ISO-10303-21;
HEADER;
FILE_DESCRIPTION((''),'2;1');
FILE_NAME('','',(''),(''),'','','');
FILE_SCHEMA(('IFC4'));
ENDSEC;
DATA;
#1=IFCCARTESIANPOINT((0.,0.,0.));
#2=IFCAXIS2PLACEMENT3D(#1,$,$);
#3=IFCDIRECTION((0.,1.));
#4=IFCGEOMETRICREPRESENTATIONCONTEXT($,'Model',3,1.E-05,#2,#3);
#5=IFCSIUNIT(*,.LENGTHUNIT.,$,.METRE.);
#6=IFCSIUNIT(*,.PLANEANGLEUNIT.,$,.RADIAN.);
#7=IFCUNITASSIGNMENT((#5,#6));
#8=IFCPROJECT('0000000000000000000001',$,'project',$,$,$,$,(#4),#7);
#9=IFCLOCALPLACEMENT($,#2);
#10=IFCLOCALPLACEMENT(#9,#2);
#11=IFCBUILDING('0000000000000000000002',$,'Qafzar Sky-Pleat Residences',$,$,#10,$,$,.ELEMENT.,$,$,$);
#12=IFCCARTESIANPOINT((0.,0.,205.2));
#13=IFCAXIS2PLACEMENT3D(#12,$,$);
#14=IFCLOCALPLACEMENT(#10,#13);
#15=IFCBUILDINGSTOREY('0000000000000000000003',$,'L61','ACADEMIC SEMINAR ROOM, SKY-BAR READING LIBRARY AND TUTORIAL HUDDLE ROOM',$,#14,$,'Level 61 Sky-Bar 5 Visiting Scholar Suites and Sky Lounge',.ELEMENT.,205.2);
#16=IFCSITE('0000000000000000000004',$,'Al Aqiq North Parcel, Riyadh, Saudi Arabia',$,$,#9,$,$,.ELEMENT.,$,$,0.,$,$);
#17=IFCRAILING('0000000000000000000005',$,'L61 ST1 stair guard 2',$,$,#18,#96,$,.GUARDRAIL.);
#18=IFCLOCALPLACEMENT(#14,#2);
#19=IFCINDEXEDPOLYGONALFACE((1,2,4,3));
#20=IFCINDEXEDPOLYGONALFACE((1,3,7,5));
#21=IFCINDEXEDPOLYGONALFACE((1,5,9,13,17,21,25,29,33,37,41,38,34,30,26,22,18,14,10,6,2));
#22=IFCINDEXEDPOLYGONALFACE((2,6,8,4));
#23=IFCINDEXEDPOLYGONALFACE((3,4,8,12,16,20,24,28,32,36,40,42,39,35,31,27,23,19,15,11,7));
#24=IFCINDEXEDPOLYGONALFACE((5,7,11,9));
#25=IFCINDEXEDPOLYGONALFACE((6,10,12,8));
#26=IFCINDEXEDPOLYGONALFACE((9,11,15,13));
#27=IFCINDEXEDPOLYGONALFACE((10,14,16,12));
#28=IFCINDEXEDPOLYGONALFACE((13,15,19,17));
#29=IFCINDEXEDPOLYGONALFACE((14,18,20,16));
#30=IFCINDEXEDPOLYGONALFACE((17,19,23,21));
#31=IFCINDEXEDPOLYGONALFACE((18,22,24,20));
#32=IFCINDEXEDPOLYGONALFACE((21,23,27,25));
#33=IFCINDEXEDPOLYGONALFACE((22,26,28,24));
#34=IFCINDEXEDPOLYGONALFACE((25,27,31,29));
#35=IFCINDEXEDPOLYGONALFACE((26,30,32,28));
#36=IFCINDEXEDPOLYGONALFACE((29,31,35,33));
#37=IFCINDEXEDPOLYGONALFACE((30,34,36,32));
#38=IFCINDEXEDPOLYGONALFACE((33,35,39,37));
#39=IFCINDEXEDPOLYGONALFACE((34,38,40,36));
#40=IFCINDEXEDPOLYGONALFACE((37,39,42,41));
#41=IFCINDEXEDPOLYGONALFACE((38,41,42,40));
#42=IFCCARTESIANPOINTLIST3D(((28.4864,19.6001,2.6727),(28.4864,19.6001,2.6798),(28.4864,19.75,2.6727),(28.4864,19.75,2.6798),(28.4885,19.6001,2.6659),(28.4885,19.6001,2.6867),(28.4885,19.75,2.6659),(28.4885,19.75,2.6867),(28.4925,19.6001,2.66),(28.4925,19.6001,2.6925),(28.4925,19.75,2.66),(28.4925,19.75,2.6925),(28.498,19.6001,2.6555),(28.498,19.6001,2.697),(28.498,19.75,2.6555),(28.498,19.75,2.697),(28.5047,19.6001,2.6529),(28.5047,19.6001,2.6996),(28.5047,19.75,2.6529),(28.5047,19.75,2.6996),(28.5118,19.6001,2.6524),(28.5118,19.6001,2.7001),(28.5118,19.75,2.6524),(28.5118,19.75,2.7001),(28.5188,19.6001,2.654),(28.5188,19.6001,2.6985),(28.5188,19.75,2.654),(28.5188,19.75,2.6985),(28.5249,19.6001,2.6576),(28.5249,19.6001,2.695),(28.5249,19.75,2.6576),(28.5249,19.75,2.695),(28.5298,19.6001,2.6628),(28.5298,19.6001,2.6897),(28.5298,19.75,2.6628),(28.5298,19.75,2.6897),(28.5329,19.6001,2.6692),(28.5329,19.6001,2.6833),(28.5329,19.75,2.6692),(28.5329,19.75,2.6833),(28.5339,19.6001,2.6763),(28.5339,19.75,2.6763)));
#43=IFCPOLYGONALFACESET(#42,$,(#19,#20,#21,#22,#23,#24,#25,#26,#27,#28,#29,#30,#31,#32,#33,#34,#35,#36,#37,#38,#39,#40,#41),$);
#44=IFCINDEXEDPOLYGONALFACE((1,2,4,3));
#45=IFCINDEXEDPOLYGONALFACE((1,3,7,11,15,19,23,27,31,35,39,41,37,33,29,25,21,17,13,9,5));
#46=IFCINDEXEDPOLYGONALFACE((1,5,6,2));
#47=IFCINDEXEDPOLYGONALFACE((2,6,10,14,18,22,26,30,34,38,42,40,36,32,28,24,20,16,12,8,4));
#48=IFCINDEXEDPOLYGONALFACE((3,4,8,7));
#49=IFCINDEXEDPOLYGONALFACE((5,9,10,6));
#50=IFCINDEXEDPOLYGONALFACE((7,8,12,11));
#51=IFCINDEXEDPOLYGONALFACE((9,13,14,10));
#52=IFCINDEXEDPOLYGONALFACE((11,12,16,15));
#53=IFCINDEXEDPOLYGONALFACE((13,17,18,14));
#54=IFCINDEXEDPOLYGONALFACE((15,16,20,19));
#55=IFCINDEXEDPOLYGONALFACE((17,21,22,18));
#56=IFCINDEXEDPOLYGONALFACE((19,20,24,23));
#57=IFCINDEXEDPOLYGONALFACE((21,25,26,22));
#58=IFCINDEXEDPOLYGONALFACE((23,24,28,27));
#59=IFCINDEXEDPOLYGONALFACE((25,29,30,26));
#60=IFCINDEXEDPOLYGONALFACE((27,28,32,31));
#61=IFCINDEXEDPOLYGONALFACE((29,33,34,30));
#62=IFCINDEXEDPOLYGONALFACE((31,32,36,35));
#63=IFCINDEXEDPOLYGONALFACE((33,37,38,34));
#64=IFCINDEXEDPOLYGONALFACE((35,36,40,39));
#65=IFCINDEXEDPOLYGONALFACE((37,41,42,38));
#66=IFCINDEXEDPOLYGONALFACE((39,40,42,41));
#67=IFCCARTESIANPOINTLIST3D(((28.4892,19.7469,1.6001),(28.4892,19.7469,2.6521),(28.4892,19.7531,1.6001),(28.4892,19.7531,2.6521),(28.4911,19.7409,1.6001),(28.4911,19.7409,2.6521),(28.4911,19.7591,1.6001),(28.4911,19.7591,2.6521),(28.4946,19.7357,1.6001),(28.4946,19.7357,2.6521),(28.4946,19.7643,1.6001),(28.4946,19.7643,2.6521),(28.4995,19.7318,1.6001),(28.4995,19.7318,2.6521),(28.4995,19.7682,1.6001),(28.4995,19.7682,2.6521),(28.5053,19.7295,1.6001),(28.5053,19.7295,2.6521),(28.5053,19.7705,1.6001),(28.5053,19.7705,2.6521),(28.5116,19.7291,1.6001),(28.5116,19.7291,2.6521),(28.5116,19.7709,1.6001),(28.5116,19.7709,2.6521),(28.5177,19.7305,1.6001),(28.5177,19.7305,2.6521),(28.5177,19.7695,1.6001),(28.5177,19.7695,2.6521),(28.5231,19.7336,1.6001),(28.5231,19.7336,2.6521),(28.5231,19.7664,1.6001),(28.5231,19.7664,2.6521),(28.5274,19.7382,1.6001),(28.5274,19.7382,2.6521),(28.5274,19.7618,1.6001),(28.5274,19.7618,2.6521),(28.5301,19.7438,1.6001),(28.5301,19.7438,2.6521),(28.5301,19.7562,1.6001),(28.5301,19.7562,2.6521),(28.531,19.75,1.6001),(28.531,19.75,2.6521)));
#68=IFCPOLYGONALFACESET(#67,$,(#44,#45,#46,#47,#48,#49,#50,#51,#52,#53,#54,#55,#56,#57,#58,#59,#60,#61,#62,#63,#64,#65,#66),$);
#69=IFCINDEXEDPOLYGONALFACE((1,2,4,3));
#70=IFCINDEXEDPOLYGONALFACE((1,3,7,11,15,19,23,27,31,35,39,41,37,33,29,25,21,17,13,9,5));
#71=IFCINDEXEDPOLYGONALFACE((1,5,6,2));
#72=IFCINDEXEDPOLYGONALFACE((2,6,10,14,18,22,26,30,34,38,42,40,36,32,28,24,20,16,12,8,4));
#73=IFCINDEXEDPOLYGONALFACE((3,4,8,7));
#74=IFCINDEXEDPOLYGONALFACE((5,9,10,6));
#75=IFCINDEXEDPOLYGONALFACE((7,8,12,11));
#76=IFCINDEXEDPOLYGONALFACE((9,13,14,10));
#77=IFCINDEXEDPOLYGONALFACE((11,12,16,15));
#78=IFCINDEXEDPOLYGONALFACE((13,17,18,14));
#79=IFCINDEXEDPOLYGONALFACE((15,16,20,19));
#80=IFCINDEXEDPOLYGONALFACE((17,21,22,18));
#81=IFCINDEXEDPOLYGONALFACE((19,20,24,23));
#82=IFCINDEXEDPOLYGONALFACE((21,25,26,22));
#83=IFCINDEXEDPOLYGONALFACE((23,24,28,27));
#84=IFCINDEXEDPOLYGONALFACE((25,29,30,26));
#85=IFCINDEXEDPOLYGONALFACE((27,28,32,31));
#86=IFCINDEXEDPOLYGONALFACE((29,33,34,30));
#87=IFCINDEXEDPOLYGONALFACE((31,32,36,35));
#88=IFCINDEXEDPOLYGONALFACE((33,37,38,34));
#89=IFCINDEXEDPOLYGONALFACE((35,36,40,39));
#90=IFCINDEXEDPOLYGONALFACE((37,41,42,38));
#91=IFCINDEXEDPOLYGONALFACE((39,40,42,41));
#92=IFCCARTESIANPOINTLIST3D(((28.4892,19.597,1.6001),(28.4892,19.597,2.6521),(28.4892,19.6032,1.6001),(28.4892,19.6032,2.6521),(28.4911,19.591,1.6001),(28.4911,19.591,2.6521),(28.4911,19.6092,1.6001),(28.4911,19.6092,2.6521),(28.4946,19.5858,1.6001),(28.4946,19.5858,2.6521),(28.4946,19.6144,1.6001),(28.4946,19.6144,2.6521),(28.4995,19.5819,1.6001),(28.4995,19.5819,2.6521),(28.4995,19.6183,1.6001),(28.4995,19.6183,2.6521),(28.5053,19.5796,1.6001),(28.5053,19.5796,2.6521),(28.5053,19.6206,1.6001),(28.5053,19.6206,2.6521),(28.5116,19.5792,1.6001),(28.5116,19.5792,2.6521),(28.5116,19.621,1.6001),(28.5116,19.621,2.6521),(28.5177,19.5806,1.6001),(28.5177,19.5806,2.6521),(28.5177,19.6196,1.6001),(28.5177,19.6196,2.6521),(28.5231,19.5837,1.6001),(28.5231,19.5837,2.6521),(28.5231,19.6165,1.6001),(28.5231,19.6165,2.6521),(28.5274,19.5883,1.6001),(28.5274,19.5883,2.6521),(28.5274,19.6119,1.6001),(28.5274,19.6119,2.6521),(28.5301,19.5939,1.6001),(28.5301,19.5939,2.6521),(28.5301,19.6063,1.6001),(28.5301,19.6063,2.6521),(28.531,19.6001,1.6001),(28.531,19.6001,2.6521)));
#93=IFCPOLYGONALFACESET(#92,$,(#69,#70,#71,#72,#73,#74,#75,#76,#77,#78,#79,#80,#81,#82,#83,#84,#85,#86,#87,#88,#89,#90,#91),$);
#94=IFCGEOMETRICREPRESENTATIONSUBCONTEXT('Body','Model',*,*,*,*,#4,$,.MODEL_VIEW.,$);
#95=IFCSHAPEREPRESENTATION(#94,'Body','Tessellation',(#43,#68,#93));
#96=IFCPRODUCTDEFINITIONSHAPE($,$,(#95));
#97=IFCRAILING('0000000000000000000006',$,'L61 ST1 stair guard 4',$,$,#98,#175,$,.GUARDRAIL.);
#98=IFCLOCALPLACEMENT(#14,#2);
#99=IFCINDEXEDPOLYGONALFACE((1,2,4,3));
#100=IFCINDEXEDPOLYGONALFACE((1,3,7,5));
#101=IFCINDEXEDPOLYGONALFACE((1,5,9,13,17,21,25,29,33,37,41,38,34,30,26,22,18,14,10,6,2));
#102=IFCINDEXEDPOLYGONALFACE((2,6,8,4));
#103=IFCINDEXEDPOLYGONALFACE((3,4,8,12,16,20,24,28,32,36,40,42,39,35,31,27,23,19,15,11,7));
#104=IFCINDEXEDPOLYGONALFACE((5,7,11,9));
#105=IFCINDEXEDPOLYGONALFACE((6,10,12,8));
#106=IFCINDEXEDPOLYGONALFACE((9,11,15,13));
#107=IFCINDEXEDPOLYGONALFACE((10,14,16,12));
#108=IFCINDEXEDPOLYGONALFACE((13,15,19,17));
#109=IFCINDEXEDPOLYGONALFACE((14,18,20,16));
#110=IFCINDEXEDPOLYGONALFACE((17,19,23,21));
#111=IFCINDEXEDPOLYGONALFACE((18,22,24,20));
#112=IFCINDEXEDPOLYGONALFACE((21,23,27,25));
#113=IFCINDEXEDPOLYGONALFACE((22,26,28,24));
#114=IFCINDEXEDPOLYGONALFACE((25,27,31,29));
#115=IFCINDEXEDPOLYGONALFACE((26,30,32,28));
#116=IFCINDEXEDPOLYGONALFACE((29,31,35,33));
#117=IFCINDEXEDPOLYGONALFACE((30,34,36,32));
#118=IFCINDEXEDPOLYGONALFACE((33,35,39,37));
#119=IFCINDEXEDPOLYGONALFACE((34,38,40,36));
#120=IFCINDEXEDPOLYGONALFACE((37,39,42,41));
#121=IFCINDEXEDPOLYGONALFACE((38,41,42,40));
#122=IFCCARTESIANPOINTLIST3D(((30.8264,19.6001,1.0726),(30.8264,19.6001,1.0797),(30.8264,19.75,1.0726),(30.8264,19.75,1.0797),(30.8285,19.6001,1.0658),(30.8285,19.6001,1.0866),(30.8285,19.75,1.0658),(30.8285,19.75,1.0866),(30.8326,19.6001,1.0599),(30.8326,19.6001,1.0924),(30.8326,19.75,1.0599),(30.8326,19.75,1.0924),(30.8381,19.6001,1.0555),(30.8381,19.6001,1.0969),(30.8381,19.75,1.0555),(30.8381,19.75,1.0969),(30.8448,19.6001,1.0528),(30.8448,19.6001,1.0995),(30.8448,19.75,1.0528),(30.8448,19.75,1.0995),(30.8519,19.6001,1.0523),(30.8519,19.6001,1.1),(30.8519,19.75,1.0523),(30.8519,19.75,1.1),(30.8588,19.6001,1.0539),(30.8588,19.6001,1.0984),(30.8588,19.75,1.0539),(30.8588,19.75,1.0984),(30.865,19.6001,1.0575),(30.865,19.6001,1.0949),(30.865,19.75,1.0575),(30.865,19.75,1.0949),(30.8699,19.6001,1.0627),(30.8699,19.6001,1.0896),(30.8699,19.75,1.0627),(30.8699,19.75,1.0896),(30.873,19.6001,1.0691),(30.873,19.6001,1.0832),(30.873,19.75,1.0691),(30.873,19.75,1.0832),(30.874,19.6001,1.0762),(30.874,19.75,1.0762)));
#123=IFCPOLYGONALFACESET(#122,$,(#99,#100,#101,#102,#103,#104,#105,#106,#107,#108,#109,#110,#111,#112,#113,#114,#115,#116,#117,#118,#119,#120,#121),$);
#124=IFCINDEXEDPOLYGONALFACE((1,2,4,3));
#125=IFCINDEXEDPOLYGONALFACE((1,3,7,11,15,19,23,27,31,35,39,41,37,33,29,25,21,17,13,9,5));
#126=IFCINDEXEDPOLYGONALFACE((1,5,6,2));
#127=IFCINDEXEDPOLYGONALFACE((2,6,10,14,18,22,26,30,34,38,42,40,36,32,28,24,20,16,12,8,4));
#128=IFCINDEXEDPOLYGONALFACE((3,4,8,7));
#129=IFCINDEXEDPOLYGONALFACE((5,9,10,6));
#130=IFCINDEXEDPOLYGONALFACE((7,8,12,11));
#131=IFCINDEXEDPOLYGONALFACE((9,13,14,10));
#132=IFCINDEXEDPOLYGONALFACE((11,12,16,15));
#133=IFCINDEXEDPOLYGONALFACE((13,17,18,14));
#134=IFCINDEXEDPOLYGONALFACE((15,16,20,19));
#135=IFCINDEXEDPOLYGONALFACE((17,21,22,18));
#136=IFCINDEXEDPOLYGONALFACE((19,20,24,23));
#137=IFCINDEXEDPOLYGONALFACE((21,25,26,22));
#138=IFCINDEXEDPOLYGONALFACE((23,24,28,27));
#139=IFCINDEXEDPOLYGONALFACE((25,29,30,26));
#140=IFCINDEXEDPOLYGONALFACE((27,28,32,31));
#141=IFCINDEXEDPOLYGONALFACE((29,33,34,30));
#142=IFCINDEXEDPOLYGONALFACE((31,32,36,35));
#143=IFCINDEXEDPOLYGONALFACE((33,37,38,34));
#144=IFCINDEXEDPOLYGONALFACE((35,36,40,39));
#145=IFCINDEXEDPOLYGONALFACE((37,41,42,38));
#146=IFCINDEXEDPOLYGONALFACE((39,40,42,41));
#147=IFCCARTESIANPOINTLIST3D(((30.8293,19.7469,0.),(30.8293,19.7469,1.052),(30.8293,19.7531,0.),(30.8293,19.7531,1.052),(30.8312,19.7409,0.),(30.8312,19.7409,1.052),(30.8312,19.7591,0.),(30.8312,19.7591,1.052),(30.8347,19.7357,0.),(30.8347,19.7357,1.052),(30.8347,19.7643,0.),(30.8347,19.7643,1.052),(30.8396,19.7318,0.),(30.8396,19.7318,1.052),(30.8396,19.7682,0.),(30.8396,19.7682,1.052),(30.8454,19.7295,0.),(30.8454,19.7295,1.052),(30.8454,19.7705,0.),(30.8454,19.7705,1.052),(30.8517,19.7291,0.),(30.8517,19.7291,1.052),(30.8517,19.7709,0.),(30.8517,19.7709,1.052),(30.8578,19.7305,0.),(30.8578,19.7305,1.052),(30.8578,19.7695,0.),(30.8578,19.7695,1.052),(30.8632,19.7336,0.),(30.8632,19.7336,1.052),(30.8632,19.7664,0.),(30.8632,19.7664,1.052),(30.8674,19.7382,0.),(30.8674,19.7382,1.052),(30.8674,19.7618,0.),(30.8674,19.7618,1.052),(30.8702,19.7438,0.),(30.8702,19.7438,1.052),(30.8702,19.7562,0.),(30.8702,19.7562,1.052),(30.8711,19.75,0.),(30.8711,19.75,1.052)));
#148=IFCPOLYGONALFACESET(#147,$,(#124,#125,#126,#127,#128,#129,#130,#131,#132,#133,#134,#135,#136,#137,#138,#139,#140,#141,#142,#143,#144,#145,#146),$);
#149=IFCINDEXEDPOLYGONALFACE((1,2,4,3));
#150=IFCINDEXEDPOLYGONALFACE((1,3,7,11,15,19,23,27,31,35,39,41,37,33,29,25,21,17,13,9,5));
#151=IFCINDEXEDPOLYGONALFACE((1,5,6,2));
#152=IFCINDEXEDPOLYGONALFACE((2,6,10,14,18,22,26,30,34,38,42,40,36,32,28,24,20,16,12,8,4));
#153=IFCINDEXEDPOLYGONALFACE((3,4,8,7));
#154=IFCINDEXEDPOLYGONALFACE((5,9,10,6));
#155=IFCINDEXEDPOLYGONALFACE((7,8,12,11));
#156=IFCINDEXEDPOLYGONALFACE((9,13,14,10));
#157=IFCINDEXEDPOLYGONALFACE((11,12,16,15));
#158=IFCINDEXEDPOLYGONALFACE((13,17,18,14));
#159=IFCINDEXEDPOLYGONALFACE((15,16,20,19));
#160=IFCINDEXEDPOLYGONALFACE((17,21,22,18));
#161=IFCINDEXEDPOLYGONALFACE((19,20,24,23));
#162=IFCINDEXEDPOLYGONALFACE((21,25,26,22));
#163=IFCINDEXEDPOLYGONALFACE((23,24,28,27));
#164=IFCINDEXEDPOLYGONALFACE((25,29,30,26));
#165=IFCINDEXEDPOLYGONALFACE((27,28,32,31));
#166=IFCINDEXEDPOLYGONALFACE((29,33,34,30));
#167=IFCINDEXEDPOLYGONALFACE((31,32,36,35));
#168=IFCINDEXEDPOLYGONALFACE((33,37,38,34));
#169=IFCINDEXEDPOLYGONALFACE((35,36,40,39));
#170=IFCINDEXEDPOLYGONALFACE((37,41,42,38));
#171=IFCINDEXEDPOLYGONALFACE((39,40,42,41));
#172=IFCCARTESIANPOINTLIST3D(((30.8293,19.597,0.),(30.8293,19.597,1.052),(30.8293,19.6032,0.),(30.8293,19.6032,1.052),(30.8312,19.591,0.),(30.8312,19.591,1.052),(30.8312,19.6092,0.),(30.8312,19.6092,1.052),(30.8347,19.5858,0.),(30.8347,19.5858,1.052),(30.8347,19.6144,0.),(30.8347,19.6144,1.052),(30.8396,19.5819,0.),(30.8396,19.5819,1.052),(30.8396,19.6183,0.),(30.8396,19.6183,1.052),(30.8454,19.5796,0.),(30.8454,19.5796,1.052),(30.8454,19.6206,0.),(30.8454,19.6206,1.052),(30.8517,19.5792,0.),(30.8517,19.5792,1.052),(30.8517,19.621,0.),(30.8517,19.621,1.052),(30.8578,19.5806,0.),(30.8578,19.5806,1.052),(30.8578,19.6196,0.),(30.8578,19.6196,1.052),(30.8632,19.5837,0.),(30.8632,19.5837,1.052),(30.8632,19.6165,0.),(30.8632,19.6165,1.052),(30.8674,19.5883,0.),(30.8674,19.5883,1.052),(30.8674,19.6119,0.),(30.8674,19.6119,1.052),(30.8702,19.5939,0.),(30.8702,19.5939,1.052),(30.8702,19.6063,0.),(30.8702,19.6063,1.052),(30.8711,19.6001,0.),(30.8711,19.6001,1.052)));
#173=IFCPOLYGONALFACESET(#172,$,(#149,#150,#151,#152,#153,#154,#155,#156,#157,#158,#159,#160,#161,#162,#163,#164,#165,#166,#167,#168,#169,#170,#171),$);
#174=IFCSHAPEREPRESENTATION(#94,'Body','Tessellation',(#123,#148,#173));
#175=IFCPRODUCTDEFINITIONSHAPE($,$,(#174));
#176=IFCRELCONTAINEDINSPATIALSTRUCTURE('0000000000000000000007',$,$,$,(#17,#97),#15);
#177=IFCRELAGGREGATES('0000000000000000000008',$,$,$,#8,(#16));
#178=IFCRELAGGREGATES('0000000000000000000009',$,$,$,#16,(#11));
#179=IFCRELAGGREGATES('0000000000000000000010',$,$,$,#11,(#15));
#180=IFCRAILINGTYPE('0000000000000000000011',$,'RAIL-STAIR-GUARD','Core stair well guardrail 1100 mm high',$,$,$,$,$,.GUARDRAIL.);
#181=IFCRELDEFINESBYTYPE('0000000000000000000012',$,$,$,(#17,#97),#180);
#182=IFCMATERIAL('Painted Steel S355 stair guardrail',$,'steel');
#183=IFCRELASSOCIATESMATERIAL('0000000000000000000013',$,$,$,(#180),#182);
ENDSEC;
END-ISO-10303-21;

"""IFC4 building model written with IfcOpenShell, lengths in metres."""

from ifc_helpers import new_model, si_unit, direction, frame, origin, origin_2d, place, context, subcontext, project, spatial, circle, extrude, source, transform, mapped, material, type_object, element, save


model = new_model("IFC4")

# Units and contexts
model_context = context("Model", 3, precision=1e-05, world=origin(), true_north=direction((0.0, 1.0)))
body_context = subcontext(model_context, "Body", "Model", "MODEL_VIEW")
ifc_project = project(units=[si_unit("LENGTHUNIT", "METRE"), si_unit("PLANEANGLEUNIT", "RADIAN")], contexts=[model_context])

# Site, building, storey
site_placement = place(None, origin())
site = spatial("IfcSite", under=ifc_project, at=site_placement, Name="Al Aqiq North Parcel, Riyadh, Saudi Arabia", CompositionType="ELEMENT", RefElevation=0.0)
building_placement = place(site_placement, origin())
building = spatial("IfcBuilding", under=site, at=building_placement, Name="Qafzar Sky-Pleat Residences", CompositionType="ELEMENT")
storey_placement = place(building_placement, frame((0.0, 0.0, 205.2)))
storey = spatial("IfcBuildingStorey", under=building, at=storey_placement, Name="L61", Description="ACADEMIC SEMINAR ROOM, SKY-BAR READING LIBRARY AND TUTORIAL HUDDLE ROOM", LongName="Level 61 Sky-Bar 5 Visiting Scholar Suites and Sky Lounge", CompositionType="ELEMENT", Elevation=205.2)

# Railings
ifc_material_1 = material(Name="Painted Steel S355 stair guardrail", Category="steel")
railing_type_1 = type_object("IfcRailingType", Name="RAIL-STAIR-GUARD", Description="Core stair well guardrail 1100 mm high", PredefinedType="GUARDRAIL", material=ifc_material_1)
shared_shape_1 = source(origin(), body_context, "Body", "SweptSolid", [
    extrude(circle(Radius=0.0239, at=origin_2d()), frame((0.0, 0.0, 1.0762), z_axis=(0.0, -1.0, 0.0), x_axis=(1.0, 0.0, 0.0)), (0.0, 0.0, 1.0), 0.1499),
    extrude(circle(Radius=0.021, at=origin_2d()), origin(), (0.0, 0.0, 1.0), 1.052),
    extrude(circle(Radius=0.021, at=origin_2d()), frame((0.0, -0.1499, 0.0)), (0.0, 0.0, 1.0), 1.052),
])
for number, where, name in (
    (1, (28.51, 19.75, 1.6001), "L61 ST1 stair guard 2"),
    (2, (30.8501, 19.75, 0.0), "L61 ST1 stair guard 4"),
):
    element("IfcRailing", number, at=place(storey_placement, frame(where)), inside=storey, type_object=railing_type_1, Name=name, PredefinedType="GUARDRAIL", context=body_context, shape_type="MappedRepresentation", body=[
        mapped(shared_shape_1, transform((0.0, 0.0, 0.0), x_axis=(1.0, 0.0, 0.0), y_axis=(0.0, 1.0, 0.0), z_axis=(0.0, 0.0, 1.0), scale=1.0)),
    ])

save(model, "model.ifc")
